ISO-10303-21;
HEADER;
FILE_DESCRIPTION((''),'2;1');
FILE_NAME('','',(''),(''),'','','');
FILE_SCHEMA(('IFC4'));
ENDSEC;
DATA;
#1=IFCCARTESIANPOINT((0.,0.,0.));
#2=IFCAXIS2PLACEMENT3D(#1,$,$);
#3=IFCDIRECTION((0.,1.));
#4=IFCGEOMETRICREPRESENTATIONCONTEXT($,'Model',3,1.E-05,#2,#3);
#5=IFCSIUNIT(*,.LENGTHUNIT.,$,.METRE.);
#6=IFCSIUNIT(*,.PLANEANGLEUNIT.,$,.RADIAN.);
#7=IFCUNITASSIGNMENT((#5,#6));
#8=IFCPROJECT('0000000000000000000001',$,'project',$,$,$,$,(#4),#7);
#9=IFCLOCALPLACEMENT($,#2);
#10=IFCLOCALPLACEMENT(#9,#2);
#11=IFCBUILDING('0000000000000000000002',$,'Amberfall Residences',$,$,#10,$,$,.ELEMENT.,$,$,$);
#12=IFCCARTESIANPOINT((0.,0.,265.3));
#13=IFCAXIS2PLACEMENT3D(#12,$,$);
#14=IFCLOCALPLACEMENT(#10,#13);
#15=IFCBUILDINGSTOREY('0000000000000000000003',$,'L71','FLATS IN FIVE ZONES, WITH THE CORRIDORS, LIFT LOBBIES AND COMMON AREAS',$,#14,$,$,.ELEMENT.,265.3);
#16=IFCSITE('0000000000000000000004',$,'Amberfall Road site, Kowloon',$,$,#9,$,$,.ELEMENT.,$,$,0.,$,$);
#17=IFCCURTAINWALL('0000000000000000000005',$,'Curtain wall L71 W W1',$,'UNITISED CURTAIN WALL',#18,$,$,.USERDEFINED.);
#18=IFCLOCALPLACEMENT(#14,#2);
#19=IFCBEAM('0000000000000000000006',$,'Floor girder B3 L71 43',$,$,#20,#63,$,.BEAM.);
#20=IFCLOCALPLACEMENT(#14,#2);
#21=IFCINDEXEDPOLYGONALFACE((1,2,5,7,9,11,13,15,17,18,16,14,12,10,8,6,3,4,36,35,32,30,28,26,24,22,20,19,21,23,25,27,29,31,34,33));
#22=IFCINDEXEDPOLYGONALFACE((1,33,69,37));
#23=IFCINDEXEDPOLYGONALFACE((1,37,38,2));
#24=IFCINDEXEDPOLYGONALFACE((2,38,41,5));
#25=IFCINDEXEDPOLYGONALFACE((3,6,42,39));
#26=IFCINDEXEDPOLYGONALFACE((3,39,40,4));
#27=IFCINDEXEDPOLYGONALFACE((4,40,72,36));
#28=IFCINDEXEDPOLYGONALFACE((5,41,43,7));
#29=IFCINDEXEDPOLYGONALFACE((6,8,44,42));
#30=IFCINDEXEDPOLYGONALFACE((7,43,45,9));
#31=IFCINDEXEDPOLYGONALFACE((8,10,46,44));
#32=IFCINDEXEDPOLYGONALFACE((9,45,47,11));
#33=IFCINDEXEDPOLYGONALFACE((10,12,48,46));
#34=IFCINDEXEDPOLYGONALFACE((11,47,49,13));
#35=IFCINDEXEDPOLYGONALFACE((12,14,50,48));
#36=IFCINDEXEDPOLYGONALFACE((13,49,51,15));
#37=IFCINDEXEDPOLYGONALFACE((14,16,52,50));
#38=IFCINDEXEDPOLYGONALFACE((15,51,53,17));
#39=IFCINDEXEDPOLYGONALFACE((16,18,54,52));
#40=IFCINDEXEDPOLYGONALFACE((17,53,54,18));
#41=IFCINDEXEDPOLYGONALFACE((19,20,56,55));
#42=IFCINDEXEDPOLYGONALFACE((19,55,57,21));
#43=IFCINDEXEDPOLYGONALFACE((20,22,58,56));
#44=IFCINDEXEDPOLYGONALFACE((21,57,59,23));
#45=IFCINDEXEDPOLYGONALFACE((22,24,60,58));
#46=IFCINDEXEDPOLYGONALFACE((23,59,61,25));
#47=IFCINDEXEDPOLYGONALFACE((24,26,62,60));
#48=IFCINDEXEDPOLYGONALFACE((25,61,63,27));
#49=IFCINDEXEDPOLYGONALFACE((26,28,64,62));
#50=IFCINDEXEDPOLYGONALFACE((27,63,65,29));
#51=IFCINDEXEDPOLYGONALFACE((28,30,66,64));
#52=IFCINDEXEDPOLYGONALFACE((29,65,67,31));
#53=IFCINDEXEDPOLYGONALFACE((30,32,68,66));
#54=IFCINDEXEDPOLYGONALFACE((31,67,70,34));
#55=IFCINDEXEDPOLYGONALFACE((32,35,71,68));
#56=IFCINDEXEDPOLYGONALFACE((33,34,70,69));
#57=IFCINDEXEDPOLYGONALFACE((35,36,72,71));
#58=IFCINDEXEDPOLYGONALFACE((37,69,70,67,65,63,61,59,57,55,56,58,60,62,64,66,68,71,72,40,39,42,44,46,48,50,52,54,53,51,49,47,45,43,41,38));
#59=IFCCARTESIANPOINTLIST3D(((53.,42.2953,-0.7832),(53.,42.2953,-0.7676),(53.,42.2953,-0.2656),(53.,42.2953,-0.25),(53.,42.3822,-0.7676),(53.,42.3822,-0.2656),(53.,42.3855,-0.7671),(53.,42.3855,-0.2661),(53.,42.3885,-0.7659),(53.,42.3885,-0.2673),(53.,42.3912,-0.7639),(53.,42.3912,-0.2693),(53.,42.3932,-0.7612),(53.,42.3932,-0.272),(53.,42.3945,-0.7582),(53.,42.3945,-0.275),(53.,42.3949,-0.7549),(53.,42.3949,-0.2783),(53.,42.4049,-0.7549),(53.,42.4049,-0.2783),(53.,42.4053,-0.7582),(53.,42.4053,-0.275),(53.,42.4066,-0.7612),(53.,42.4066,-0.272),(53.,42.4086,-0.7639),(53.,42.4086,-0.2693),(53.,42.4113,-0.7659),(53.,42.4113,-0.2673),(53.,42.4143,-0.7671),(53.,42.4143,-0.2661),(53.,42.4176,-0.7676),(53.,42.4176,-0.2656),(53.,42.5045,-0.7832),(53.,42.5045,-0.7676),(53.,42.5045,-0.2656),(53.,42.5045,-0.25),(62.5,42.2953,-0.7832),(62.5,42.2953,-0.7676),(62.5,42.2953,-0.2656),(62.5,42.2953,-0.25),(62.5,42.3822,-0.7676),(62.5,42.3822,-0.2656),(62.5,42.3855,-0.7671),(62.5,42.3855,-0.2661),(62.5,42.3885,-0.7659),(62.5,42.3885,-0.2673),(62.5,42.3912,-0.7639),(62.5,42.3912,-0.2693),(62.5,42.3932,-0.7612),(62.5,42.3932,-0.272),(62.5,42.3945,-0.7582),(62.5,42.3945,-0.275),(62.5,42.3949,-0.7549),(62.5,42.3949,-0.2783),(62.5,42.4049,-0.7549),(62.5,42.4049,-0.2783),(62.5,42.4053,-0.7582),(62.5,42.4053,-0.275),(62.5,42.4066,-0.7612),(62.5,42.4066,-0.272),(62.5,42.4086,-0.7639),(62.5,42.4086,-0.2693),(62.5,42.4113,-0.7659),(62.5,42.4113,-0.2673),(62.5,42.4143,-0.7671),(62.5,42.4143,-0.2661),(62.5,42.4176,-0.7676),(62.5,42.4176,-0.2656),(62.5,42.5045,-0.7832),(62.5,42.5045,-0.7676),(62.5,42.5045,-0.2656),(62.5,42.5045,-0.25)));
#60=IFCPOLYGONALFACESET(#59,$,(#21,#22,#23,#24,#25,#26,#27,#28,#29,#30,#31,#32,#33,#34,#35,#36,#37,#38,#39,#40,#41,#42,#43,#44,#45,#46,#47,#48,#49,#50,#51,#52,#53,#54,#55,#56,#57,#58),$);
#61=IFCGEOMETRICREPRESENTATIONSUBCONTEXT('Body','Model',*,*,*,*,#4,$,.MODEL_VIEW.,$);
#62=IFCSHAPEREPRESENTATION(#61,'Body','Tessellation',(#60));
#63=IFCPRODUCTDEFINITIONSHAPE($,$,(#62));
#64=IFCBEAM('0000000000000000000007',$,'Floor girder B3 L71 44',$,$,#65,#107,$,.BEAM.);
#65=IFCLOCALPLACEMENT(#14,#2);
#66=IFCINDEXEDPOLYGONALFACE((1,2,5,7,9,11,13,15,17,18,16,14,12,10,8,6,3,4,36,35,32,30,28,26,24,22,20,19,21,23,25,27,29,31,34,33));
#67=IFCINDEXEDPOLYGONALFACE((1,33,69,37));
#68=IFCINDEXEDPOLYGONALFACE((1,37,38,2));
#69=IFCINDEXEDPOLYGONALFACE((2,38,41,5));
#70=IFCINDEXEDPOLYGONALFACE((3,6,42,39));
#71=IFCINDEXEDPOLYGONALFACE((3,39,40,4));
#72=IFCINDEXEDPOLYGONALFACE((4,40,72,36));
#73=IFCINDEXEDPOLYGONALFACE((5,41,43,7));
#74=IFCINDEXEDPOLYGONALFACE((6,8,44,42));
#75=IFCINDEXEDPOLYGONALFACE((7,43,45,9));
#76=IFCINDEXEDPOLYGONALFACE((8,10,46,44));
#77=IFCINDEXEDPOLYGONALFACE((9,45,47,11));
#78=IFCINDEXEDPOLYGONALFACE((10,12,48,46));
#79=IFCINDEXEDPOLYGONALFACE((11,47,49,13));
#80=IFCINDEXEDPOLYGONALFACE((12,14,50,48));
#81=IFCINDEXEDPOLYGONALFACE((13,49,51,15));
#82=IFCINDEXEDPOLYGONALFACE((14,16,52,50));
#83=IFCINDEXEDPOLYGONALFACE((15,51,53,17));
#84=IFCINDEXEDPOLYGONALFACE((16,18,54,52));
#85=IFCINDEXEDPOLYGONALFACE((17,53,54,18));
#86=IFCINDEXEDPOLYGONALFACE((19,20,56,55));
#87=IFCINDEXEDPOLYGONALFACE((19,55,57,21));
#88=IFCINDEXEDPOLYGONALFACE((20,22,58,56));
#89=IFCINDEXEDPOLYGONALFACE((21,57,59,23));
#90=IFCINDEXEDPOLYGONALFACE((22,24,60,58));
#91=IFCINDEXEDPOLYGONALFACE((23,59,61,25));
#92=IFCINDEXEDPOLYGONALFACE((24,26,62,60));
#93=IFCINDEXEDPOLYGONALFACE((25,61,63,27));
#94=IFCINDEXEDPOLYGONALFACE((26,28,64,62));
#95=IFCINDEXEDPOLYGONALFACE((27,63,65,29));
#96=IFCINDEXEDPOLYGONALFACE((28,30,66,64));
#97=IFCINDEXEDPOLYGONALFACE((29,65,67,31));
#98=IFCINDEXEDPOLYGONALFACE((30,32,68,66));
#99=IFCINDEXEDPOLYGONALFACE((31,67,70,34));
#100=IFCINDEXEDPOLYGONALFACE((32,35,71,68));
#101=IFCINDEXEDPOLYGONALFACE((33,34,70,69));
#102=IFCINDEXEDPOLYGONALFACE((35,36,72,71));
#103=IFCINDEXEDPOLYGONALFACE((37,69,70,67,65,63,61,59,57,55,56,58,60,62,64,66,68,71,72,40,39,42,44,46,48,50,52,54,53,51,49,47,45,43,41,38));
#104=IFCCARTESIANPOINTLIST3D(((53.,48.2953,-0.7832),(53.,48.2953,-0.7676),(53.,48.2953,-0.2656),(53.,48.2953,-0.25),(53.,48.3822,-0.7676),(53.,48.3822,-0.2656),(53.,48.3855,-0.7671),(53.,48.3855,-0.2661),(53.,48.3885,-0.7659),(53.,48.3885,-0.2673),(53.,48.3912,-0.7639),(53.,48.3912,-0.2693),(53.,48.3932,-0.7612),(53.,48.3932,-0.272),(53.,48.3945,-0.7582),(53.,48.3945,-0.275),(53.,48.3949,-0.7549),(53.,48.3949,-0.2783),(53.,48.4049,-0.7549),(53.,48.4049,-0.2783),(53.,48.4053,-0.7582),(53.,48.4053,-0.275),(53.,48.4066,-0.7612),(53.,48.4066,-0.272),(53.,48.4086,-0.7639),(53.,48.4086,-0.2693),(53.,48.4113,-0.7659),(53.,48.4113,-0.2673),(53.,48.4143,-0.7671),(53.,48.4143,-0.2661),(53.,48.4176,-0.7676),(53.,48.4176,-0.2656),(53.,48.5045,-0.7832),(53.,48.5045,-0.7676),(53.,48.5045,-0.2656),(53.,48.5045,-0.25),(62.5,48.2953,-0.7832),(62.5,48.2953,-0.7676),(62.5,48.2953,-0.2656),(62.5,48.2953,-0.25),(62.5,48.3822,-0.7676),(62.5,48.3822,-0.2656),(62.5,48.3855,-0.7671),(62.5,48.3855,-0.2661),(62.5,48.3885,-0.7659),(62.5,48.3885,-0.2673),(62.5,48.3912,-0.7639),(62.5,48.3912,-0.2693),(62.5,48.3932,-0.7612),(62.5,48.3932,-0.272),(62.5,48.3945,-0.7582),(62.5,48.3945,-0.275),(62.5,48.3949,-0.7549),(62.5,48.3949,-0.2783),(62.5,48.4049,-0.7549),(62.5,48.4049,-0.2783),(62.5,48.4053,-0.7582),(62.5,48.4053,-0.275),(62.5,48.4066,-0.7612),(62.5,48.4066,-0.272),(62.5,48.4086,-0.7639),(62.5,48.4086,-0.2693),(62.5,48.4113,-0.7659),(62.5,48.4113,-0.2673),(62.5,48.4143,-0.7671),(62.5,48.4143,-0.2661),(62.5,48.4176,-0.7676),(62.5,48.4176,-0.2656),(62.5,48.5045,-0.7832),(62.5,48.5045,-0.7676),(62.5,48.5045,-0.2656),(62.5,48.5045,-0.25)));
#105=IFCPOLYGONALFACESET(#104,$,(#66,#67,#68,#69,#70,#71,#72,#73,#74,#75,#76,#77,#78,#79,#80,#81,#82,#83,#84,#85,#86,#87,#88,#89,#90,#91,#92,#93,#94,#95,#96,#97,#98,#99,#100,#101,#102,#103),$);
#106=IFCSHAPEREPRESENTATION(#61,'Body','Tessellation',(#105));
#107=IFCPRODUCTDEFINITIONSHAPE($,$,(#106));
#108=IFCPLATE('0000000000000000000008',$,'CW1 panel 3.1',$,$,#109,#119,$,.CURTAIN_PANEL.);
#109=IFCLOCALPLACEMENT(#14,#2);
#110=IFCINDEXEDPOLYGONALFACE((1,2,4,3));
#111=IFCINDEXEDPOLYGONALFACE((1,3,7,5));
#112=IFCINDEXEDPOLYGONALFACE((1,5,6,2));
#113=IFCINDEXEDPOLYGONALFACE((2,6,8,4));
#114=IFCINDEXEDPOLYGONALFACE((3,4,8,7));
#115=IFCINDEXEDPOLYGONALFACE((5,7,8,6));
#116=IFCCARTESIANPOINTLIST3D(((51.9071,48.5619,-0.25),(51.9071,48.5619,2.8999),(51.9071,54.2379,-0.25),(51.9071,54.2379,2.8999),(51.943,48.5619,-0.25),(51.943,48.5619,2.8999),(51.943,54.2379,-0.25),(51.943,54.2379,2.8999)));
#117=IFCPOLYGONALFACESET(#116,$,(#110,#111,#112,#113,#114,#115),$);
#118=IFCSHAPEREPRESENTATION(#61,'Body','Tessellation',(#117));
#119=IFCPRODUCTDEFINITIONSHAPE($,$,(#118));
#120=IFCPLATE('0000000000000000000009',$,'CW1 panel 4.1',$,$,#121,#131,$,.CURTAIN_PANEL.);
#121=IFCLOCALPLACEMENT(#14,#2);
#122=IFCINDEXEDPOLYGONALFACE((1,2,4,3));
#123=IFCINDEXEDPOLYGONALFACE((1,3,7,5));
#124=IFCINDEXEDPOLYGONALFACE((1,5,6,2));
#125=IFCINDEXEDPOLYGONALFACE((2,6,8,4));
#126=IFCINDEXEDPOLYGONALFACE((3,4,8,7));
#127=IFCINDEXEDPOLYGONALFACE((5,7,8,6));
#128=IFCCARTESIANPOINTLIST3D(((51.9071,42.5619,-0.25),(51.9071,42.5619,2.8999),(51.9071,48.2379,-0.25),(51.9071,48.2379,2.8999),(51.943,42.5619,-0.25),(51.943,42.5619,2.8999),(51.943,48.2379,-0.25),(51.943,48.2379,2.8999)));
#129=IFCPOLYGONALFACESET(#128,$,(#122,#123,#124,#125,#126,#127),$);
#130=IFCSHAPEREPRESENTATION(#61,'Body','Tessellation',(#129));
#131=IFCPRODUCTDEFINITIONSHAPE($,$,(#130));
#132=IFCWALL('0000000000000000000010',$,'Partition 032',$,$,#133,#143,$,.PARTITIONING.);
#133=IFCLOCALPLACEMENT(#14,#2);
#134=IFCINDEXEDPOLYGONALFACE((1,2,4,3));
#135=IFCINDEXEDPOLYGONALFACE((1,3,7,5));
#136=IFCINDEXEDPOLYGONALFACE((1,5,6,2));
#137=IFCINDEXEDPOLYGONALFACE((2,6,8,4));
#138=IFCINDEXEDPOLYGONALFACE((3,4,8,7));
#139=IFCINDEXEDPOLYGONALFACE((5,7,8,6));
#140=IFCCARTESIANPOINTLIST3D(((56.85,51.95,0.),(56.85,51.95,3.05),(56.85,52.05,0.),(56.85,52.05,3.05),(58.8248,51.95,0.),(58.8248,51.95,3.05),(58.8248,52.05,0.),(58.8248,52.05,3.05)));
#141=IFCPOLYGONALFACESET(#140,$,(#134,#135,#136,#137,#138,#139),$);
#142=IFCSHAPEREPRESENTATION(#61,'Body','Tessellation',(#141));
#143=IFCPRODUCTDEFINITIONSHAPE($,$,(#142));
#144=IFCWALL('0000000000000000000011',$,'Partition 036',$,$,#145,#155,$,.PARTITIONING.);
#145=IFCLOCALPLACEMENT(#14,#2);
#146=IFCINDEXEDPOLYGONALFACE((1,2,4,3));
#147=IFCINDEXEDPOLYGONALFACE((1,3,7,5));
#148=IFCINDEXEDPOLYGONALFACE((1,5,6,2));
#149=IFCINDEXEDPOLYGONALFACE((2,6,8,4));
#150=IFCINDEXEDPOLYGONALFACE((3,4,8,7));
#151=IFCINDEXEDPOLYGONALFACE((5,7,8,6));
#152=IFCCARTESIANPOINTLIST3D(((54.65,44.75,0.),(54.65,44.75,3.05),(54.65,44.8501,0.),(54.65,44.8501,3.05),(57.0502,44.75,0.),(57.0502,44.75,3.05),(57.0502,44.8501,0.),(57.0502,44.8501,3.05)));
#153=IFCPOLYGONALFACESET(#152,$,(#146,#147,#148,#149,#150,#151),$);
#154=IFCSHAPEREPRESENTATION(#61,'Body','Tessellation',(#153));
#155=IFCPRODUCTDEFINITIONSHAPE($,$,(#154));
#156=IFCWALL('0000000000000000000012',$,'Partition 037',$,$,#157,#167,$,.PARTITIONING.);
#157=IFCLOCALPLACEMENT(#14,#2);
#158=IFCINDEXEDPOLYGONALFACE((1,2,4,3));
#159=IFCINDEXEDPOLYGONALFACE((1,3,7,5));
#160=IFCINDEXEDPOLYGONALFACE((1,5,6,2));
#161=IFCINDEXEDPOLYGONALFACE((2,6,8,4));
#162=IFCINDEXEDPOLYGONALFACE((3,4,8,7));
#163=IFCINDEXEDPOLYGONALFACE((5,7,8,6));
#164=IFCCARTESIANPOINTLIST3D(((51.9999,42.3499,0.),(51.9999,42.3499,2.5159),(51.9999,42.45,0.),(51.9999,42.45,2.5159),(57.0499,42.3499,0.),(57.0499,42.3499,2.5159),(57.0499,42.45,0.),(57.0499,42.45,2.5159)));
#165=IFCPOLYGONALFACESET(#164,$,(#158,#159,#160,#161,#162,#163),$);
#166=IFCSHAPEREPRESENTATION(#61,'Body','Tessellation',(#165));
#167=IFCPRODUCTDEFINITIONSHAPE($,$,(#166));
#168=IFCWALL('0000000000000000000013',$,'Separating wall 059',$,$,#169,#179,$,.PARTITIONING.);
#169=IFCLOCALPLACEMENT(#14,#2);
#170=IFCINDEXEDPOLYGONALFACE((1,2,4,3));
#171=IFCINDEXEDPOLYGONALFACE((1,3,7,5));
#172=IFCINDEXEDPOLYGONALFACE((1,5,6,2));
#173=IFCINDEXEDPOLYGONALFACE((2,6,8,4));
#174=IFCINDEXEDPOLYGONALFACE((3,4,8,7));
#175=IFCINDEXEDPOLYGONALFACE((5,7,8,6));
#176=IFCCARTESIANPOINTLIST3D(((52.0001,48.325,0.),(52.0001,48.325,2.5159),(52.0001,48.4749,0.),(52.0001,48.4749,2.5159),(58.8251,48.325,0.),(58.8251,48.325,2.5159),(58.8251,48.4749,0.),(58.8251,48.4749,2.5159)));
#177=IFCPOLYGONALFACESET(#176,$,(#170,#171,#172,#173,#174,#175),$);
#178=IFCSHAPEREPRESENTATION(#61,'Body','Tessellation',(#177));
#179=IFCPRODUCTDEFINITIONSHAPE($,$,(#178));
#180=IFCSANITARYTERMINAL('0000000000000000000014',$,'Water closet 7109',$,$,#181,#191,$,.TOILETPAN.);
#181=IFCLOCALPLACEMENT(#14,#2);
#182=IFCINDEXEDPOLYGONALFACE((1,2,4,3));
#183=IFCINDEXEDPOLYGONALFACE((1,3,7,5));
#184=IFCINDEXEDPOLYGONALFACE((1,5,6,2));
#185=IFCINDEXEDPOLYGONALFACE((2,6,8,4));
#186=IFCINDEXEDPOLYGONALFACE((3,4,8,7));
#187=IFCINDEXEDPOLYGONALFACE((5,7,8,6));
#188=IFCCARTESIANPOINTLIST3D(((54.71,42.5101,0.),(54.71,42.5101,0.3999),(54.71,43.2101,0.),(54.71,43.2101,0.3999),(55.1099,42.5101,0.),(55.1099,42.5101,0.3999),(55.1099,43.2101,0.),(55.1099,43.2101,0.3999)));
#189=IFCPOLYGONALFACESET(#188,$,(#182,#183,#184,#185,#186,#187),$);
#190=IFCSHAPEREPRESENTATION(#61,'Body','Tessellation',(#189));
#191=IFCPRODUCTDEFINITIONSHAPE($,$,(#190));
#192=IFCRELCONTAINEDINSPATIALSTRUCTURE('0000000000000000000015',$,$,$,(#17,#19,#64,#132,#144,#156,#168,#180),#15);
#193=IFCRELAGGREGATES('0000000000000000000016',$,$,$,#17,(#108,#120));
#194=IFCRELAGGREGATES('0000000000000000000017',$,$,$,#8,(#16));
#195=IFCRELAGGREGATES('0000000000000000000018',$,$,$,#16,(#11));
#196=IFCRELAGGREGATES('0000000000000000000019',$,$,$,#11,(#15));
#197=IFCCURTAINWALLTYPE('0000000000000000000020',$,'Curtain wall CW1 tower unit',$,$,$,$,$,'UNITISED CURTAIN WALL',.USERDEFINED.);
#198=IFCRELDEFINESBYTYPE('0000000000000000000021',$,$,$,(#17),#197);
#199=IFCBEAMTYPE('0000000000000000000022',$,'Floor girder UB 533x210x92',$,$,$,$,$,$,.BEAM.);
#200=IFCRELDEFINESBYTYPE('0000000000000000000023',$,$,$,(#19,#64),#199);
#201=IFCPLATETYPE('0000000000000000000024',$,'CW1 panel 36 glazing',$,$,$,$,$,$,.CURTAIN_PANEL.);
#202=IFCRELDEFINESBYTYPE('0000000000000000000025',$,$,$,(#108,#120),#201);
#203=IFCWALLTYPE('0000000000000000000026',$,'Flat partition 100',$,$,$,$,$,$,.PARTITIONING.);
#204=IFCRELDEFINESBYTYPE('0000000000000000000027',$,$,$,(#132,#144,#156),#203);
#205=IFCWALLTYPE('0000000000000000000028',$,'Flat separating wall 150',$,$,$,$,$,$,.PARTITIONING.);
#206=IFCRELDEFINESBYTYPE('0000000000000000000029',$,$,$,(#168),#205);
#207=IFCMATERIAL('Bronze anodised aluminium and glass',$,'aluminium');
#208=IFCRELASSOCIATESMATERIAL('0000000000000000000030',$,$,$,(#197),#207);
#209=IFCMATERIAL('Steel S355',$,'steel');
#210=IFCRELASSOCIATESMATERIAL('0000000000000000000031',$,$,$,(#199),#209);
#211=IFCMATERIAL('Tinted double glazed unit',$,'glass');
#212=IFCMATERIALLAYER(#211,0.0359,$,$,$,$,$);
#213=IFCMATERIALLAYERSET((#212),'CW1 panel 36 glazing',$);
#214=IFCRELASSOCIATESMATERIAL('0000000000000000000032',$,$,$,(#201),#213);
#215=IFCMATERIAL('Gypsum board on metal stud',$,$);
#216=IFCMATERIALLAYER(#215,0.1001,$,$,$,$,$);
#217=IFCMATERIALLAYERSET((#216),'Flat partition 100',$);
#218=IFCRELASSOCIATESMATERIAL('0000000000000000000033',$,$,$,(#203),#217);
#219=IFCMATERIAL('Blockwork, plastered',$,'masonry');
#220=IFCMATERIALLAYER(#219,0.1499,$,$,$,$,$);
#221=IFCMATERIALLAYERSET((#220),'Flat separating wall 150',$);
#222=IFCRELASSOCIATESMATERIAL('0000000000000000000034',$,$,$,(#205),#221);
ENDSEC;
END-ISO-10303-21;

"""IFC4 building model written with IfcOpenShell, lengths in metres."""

from ifc_helpers import new_model, si_unit, direction, frame, frame_2d, origin, origin_2d, place, context, subcontext, project, spatial, rectangle, i_section, extrude, material, layer, layer_set, material_profile, profile_set, type_object, element, aggregate, save


model = new_model("IFC4")

# Units and contexts
model_context = context("Model", 3, precision=1e-05, world=origin(), true_north=direction((0.0, 1.0)))
body_context = subcontext(model_context, "Body", "Model", "MODEL_VIEW")
ifc_project = project(units=[si_unit("LENGTHUNIT", "METRE"), si_unit("PLANEANGLEUNIT", "RADIAN")], contexts=[model_context])

# Site, building, storey
site_placement = place(None, origin())
site = spatial("IfcSite", under=ifc_project, at=site_placement, Name="Amberfall Road site, Kowloon", CompositionType="ELEMENT", RefElevation=0.0)
building_placement = place(site_placement, origin())
building = spatial("IfcBuilding", under=site, at=building_placement, Name="Amberfall Residences", CompositionType="ELEMENT")
storey_placement = place(building_placement, frame((0.0, 0.0, 265.3)))
storey = spatial("IfcBuildingStorey", under=building, at=storey_placement, Name="L71", Description="FLATS IN FIVE ZONES, WITH THE CORRIDORS, LIFT LOBBIES AND COMMON AREAS", CompositionType="ELEMENT", Elevation=265.3)

# Curtain wall
ifc_material_1 = material(Name="Bronze anodised aluminium and glass", Category="aluminium")
curtain_wall_type = type_object("IfcCurtainWallType", Name="Curtain wall CW1 tower unit", ElementType="UNITISED CURTAIN WALL", PredefinedType="USERDEFINED", material=ifc_material_1)
curtain_wall_placement = place(storey_placement, origin())
curtain_wall = element("IfcCurtainWall", 1, at=curtain_wall_placement, inside=storey, type_object=curtain_wall_type, Name="Curtain wall L71 W W1", ObjectType="UNITISED CURTAIN WALL", PredefinedType="USERDEFINED")

# Shared definitions
ifc_material_2 = material(Name="Steel S355", Category="steel")

# Beams
ifc_material_profile_1 = material_profile(ifc_material_2, i_section(OverallWidth=0.2092, OverallDepth=0.5332, WebThickness=0.01, FlangeThickness=0.0156, FilletRadius=0.0127, at=origin_2d()), Name="UB 533x210x92")
ifc_profile_set_1 = profile_set([ifc_material_profile_1], Name="Steel S355")
beam_type_1 = type_object("IfcBeamType", Name="Floor girder UB 533x210x92", PredefinedType="BEAM", material=ifc_profile_set_1)
for number, where, z_axis, x_axis, name in (
    (2, (53.0, 42.3999, -0.5166), (1.0, 0.0, 0.0), (0.0, 1.0, 0.0), "Floor girder B3 L71 43"),
    (3, (53.0, 48.3999, -0.5166), (1.0, 0.0, 0.0), (0.0, 1.0, 0.0), "Floor girder B3 L71 44"),
):
    element("IfcBeam", number, at=place(storey_placement, frame(where, z_axis=z_axis, x_axis=x_axis)), inside=storey, type_object=beam_type_1, Name=name, PredefinedType="BEAM", context=body_context, shape_type="SweptSolid", body=[
        extrude(i_section(OverallWidth=0.2092, OverallDepth=0.5332, WebThickness=0.01, FlangeThickness=0.0156, FilletRadius=0.0127, at=origin_2d()), origin(), (0.0, 0.0, 1.0), 9.5),
    ])

# Plates
ifc_material_3 = material(Name="Tinted double glazed unit", Category="glass")
ifc_layer_1 = layer(ifc_material_3, 0.0359)
ifc_layer_set_1 = layer_set([ifc_layer_1], Name="CW1 panel 36 glazing")
plate_type = type_object("IfcPlateType", Name="CW1 panel 36 glazing", PredefinedType="CURTAIN_PANEL", material=ifc_layer_set_1)
plate_1_placement = place(storey_placement, frame((51.925, 51.3999, -0.25), z_axis=(0.0, 0.0, 1.0), x_axis=(0.0, -1.0, 0.0)))
plate_1 = element("IfcPlate", 4, at=plate_1_placement, type_object=plate_type, Name="CW1 panel 3.1", PredefinedType="CURTAIN_PANEL", context=body_context, shape_type="SweptSolid", body=[
    extrude(rectangle(XDim=5.676, YDim=0.0359, at=origin_2d()), origin(), (0.0, 0.0, 1.0), 3.1499),
])
plate_2_placement = place(storey_placement, frame((51.925, 45.3999, -0.25), z_axis=(0.0, 0.0, 1.0), x_axis=(0.0, -1.0, 0.0)))
plate_2 = element("IfcPlate", 5, at=plate_2_placement, type_object=plate_type, Name="CW1 panel 4.1", PredefinedType="CURTAIN_PANEL", context=body_context, shape_type="SweptSolid", body=[
    extrude(rectangle(XDim=5.676, YDim=0.0359, at=origin_2d()), origin(), (0.0, 0.0, 1.0), 3.1499),
])
aggregate(curtain_wall, [plate_1, plate_2])

# Walls
ifc_material_4 = material(Name="Gypsum board on metal stud")
ifc_layer_2 = layer(ifc_material_4, 0.1001)
ifc_layer_set_2 = layer_set([ifc_layer_2], Name="Flat partition 100")
wall_type_1 = type_object("IfcWallType", Name="Flat partition 100", PredefinedType="PARTITIONING", material=ifc_layer_set_2)
wall_1_placement = place(storey_placement, frame((56.8501, 52.0, 0.0), z_axis=(0.0, 0.0, 1.0), x_axis=(1.0, 0.0, 0.0)))
element("IfcWall", 6, at=wall_1_placement, inside=storey, type_object=wall_type_1, Name="Partition 032", PredefinedType="PARTITIONING", context=body_context, shape_type="SweptSolid", body=[
    extrude(rectangle(XDim=1.9749, YDim=0.1001, at=frame_2d((0.9873, 0.0))), origin(), (0.0, 0.0, 1.0), 3.05),
])
wall_2_placement = place(storey_placement, frame((54.6499, 44.8, 0.0), z_axis=(0.0, 0.0, 1.0), x_axis=(1.0, 0.0, 0.0)))
element("IfcWall", 7, at=wall_2_placement, inside=storey, type_object=wall_type_1, Name="Partition 036", PredefinedType="PARTITIONING", context=body_context, shape_type="SweptSolid", body=[
    extrude(rectangle(XDim=2.4001, YDim=0.1001, at=frame_2d((1.2002, 0.0))), origin(), (0.0, 0.0, 1.0), 3.05),
])
wall_3_placement = place(storey_placement, frame((52.0, 42.3999, 0.0), z_axis=(0.0, 0.0, 1.0), x_axis=(1.0, 0.0, 0.0)))
element("IfcWall", 8, at=wall_3_placement, inside=storey, type_object=wall_type_1, Name="Partition 037", PredefinedType="PARTITIONING", context=body_context, shape_type="SweptSolid", body=[
    extrude(rectangle(XDim=5.05, YDim=0.1001, at=frame_2d((2.5249, 0.0))), origin(), (0.0, 0.0, 1.0), 2.5159),
])
ifc_material_5 = material(Name="Blockwork, plastered", Category="masonry")
ifc_layer_3 = layer(ifc_material_5, 0.1499)
ifc_layer_set_3 = layer_set([ifc_layer_3], Name="Flat separating wall 150")
wall_type_2 = type_object("IfcWallType", Name="Flat separating wall 150", PredefinedType="PARTITIONING", material=ifc_layer_set_3)
wall_4_placement = place(storey_placement, frame((52.0, 48.3999, 0.0), z_axis=(0.0, 0.0, 1.0), x_axis=(1.0, 0.0, 0.0)))
element("IfcWall", 9, at=wall_4_placement, inside=storey, type_object=wall_type_2, Name="Separating wall 059", PredefinedType="PARTITIONING", context=body_context, shape_type="SweptSolid", body=[
    extrude(rectangle(XDim=6.825, YDim=0.1499, at=frame_2d((3.4126, 0.0))), origin(), (0.0, 0.0, 1.0), 2.5159),
])

# Sanitary terminal
sanitary_terminal_1_placement = place(storey_placement, frame((54.9099, 42.8601, 0.0), z_axis=(0.0, 0.0, 1.0), x_axis=(1.0, 0.0, 0.0)))
element("IfcSanitaryTerminal", 10, at=sanitary_terminal_1_placement, inside=storey, Name="Water closet 7109", PredefinedType="TOILETPAN", context=body_context, shape_type="SweptSolid", body=[
    extrude(rectangle(XDim=0.3999, YDim=0.7, at=origin_2d()), origin(), (0.0, 0.0, 1.0), 0.3999),
])

save(model, "model.ifc")
